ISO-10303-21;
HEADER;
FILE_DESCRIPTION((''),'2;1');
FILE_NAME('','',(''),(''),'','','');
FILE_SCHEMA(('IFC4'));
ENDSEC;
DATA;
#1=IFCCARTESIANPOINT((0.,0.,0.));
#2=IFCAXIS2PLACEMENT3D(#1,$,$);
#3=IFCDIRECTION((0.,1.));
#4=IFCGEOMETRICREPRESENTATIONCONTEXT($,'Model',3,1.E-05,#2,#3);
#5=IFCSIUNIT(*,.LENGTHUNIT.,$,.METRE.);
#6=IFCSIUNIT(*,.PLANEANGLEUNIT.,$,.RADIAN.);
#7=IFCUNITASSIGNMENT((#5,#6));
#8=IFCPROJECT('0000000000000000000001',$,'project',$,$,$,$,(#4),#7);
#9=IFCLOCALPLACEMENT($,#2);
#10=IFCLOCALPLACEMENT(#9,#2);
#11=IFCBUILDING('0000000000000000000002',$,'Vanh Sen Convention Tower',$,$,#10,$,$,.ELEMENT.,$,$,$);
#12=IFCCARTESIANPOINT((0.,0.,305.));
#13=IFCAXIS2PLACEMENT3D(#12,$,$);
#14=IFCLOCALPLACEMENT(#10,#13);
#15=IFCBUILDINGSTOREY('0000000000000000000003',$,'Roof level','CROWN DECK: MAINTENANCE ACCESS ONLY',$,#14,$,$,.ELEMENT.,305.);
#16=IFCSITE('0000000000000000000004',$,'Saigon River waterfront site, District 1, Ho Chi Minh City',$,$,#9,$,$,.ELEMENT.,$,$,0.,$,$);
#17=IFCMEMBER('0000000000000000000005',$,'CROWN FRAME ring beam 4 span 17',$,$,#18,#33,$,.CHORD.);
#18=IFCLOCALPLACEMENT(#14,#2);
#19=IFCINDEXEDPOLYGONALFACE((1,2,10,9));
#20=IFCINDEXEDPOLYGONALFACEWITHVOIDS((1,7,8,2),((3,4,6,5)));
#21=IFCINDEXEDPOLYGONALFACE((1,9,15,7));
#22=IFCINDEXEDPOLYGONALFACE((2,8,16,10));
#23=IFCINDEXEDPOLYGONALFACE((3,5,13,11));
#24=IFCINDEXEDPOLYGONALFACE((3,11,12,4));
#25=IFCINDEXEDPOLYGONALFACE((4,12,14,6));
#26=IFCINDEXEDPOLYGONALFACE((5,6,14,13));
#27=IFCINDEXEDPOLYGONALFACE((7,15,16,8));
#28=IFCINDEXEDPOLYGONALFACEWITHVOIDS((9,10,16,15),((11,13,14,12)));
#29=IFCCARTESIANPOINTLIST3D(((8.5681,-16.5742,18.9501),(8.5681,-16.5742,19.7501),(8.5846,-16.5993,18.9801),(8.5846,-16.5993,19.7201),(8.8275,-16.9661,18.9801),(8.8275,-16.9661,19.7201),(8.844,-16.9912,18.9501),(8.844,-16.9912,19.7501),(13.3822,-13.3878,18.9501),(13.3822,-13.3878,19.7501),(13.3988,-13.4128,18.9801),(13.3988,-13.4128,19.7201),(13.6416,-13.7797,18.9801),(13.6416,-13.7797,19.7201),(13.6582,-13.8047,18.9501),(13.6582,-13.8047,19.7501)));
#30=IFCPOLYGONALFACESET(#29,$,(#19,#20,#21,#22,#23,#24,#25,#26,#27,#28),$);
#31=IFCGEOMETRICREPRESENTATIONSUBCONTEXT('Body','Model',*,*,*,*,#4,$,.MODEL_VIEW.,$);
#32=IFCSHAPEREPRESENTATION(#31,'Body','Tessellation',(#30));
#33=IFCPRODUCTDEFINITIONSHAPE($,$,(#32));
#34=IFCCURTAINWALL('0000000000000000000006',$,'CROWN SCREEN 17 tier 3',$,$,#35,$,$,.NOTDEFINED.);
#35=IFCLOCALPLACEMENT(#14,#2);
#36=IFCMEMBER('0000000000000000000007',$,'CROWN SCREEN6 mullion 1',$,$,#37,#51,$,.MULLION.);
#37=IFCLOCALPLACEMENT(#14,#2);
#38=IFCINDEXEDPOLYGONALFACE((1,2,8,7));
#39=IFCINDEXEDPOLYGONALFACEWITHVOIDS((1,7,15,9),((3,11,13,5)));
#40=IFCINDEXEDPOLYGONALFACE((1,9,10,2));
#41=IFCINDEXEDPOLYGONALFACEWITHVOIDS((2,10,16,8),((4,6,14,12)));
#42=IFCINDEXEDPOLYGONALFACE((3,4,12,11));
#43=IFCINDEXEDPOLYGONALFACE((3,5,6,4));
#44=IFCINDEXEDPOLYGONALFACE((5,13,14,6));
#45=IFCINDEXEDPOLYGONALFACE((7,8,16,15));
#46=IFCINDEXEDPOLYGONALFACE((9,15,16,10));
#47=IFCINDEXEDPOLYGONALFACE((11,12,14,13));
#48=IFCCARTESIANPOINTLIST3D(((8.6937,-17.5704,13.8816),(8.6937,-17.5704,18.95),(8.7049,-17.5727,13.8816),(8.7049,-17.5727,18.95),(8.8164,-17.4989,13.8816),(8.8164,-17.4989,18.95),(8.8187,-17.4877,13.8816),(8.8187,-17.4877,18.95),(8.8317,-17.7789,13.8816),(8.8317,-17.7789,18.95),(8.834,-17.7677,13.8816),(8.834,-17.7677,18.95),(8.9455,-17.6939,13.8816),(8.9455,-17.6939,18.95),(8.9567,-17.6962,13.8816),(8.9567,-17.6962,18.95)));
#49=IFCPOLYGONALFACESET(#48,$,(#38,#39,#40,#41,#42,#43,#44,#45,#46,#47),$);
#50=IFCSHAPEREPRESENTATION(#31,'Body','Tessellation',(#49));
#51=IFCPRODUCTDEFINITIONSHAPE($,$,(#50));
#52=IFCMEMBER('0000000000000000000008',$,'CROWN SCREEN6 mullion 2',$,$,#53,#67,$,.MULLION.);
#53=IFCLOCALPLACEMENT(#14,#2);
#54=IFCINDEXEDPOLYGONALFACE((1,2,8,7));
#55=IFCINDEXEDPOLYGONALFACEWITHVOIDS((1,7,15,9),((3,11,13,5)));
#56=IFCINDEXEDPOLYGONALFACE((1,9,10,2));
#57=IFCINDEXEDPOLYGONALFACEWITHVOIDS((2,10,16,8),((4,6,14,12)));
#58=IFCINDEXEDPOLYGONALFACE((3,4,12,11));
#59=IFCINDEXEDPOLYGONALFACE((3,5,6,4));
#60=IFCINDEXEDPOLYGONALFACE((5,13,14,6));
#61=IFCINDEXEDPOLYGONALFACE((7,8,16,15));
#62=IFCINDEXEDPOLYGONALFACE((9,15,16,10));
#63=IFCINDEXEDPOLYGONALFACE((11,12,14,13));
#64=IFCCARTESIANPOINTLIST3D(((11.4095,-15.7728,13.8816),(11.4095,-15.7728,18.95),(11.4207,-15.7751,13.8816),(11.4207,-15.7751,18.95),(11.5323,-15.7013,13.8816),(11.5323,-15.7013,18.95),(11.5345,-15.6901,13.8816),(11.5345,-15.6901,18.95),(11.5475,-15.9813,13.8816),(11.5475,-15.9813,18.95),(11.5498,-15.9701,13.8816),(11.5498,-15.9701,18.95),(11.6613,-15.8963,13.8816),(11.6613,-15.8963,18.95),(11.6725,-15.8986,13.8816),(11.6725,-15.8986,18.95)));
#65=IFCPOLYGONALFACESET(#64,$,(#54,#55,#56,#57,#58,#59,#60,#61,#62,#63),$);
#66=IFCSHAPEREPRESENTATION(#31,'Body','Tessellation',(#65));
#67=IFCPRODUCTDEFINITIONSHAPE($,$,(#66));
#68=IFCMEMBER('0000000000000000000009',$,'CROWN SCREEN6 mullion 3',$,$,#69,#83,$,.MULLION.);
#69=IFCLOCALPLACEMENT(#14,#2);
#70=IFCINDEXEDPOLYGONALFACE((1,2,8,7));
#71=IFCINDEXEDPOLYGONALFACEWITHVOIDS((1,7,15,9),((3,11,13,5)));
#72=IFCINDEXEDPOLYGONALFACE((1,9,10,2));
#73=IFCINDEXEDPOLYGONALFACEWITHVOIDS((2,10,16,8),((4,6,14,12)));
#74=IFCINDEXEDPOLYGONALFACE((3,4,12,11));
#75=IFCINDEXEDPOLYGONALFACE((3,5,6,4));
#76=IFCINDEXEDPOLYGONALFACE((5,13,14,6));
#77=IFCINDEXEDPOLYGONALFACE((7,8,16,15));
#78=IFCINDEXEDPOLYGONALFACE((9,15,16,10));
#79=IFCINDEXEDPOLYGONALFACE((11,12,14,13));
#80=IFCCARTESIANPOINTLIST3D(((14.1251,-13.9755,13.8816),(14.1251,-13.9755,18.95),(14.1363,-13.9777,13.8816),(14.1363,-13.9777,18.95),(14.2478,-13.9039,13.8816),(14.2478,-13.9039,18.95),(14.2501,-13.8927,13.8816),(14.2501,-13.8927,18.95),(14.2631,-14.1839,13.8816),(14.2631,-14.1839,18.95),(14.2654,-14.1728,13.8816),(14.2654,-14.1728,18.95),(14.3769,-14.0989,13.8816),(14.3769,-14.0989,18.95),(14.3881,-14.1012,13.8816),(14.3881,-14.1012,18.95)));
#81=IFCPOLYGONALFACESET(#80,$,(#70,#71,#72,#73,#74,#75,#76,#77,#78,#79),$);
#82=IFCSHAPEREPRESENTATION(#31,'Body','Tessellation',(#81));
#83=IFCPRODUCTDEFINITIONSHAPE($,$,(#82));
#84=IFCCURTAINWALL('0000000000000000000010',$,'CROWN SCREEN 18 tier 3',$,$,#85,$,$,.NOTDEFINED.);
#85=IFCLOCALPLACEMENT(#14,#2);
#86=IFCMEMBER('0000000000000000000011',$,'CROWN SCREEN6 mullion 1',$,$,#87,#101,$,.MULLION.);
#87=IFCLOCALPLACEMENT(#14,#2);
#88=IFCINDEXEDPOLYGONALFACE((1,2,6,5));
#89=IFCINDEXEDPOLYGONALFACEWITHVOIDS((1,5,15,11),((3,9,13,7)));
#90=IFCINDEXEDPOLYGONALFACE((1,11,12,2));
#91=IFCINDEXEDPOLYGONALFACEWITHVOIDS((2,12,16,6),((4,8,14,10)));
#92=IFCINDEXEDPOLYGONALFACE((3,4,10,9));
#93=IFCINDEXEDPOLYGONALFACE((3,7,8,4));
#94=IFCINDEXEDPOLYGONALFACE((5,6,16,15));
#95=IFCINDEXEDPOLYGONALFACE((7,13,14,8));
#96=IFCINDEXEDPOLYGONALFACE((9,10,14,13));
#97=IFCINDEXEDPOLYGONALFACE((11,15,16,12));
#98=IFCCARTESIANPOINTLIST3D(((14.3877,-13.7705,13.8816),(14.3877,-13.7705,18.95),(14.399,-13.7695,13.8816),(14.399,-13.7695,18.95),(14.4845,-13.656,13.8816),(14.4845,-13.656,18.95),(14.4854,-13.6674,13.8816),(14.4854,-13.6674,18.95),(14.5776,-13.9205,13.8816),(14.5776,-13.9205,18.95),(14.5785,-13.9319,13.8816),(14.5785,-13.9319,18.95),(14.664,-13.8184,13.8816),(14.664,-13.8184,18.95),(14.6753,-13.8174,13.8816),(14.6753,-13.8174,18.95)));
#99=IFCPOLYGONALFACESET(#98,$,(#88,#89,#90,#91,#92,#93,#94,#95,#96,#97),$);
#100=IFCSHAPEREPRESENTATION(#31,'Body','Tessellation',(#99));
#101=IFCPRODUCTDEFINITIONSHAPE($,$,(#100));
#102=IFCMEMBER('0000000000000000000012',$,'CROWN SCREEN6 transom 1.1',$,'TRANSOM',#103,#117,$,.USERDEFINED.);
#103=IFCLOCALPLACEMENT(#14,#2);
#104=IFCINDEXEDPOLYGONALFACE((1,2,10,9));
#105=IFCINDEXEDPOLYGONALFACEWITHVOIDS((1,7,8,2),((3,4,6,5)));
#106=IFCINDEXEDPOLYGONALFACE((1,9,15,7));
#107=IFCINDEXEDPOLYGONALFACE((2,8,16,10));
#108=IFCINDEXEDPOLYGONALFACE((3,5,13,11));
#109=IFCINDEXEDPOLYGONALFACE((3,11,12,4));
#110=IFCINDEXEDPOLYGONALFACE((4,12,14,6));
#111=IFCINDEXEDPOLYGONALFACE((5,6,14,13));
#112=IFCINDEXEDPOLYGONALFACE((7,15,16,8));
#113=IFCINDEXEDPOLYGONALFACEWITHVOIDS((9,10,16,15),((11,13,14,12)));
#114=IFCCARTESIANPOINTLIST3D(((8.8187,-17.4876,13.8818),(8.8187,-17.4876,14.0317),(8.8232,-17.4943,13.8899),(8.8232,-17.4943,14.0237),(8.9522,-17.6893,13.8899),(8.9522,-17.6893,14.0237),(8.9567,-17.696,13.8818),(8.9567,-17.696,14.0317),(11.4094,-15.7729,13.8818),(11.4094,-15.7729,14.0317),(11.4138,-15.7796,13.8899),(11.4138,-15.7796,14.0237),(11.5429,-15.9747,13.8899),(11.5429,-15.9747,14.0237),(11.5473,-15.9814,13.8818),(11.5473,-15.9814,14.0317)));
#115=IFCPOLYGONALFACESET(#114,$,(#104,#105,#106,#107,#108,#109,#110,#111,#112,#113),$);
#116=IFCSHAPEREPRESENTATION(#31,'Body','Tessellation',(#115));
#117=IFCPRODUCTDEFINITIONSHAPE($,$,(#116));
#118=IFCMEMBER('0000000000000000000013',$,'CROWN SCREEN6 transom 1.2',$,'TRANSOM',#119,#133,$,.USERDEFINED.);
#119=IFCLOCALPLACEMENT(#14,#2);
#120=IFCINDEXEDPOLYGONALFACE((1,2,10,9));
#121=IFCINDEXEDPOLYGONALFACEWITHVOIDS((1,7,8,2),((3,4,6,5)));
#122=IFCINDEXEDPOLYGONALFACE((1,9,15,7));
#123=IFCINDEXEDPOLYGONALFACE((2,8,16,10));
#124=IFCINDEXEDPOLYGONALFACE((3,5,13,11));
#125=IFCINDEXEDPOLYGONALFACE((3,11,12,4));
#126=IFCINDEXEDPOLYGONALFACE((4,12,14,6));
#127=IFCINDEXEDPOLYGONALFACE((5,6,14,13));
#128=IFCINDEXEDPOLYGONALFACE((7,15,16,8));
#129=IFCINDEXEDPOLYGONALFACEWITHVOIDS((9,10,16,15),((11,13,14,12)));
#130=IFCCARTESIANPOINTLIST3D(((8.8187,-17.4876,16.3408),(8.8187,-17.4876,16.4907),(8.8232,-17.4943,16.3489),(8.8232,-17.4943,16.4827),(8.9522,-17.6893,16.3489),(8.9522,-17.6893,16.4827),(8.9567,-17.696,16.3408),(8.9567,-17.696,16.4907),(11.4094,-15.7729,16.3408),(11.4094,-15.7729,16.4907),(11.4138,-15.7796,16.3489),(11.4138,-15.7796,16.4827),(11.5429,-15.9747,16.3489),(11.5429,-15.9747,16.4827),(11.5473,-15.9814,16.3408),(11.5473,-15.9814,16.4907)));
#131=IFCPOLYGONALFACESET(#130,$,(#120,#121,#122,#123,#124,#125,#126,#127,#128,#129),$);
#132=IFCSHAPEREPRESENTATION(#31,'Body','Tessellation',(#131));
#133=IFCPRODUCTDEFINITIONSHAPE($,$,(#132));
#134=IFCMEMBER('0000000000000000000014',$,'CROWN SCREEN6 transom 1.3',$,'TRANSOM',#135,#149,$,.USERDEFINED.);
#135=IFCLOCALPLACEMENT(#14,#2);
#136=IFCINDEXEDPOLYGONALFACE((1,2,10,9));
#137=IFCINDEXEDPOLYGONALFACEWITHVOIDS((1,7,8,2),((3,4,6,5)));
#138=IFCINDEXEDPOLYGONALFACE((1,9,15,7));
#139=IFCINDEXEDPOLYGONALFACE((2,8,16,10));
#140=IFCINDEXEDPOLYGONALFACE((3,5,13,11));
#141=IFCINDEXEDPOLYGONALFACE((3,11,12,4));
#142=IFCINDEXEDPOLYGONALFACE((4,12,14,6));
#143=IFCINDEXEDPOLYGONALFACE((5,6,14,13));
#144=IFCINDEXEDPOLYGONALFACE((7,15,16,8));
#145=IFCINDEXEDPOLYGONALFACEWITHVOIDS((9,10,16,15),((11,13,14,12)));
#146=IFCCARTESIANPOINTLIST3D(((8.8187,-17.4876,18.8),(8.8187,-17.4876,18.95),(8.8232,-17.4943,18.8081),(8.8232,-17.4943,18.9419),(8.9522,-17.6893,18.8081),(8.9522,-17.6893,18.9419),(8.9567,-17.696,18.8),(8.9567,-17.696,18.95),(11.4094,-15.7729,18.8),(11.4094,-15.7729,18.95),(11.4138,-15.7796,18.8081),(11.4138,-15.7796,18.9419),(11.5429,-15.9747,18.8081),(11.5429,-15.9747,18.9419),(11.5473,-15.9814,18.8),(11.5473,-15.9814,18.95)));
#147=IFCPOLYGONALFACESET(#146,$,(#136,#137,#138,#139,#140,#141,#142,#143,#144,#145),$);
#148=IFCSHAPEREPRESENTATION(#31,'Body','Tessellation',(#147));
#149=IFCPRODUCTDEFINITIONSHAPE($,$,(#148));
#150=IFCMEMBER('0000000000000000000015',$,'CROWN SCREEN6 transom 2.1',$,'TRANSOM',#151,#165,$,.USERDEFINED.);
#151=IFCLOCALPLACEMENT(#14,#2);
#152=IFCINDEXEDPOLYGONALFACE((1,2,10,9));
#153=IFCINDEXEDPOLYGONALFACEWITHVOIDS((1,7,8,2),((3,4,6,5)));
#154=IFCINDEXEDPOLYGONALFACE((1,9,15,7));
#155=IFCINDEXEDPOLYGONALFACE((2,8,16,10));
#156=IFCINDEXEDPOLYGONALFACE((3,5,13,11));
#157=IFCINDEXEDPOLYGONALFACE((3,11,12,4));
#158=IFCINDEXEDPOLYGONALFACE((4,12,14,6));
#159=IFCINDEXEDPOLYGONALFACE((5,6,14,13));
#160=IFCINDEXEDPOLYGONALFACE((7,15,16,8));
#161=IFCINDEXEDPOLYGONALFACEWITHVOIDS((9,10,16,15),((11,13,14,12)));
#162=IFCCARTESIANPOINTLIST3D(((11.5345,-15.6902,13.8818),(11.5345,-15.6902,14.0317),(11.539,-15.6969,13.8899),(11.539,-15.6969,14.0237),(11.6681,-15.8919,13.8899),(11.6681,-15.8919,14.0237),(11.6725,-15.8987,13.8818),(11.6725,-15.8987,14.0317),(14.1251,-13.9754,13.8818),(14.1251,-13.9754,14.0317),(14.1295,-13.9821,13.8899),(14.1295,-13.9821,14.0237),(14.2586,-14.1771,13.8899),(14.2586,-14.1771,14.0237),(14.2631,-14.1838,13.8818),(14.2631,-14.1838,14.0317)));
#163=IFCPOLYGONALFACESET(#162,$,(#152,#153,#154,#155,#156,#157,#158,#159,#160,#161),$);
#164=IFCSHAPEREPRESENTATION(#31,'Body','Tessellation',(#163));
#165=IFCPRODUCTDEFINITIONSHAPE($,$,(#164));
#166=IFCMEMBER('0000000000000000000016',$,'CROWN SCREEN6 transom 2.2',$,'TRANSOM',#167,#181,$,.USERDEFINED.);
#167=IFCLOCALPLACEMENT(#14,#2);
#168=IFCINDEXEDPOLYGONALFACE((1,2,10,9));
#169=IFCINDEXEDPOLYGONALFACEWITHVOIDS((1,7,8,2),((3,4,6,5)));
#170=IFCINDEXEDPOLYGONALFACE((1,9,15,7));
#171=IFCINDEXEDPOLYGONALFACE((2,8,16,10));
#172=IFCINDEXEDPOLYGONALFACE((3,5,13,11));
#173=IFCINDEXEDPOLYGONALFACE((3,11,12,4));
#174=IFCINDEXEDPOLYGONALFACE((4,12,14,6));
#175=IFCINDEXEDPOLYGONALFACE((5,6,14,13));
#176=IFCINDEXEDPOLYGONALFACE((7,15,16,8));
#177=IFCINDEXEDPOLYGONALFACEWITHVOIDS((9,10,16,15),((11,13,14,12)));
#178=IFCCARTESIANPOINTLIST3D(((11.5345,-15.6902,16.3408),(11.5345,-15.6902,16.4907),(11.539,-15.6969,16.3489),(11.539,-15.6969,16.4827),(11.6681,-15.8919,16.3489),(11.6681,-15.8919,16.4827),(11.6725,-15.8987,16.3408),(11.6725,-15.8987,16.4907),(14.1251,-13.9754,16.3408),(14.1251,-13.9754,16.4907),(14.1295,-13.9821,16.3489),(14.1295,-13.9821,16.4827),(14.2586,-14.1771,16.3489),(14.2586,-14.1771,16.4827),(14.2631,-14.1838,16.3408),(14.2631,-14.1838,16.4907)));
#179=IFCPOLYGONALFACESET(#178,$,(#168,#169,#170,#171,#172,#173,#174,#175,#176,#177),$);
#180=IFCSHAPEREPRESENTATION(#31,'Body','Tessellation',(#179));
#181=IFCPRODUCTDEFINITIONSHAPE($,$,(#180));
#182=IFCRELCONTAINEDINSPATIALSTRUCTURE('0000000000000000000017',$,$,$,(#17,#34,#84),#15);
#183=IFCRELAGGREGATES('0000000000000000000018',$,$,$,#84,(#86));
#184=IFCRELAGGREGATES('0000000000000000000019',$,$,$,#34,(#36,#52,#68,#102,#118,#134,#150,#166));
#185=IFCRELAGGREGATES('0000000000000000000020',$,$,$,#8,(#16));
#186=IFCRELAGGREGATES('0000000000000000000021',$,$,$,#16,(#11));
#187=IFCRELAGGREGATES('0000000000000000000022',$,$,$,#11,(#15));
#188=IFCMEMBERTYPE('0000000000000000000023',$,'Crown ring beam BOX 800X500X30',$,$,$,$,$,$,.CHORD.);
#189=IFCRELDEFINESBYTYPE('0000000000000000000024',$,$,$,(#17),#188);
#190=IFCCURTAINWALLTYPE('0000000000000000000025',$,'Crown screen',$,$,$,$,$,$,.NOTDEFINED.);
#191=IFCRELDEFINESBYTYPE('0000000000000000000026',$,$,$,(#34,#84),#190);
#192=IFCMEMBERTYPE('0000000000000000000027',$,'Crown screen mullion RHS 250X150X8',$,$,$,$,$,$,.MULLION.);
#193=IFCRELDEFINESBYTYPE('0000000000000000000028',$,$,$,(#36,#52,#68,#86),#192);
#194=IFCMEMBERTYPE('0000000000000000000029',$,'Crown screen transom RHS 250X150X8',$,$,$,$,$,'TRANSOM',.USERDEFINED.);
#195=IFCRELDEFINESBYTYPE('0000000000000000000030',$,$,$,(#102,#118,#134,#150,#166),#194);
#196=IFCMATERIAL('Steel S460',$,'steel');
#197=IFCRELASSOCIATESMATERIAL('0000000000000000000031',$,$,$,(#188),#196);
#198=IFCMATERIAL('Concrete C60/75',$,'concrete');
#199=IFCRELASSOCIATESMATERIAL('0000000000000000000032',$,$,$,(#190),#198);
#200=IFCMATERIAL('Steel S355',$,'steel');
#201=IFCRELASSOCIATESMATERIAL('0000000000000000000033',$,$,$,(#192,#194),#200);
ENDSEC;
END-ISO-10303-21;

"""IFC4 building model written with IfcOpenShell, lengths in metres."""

from ifc_helpers import new_model, si_unit, direction, frame, origin, origin_2d, place, context, subcontext, project, spatial, hollow_rectangle, extrude, material, material_profile, profile_set, type_object, element, aggregate, save


model = new_model("IFC4")

# Units and contexts
model_context = context("Model", 3, precision=1e-05, world=origin(), true_north=direction((0.0, 1.0)))
body_context = subcontext(model_context, "Body", "Model", "MODEL_VIEW")
ifc_project = project(units=[si_unit("LENGTHUNIT", "METRE"), si_unit("PLANEANGLEUNIT", "RADIAN")], contexts=[model_context])

# Site, building, storey
site_placement = place(None, origin())
site = spatial("IfcSite", under=ifc_project, at=site_placement, Name="Saigon River waterfront site, District 1, Ho Chi Minh City", CompositionType="ELEMENT", RefElevation=0.0)
building_placement = place(site_placement, origin())
building = spatial("IfcBuilding", under=site, at=building_placement, Name="Vanh Sen Convention Tower", CompositionType="ELEMENT")
storey_placement = place(building_placement, frame((0.0, 0.0, 305.0)))
storey = spatial("IfcBuildingStorey", under=building, at=storey_placement, Name="Roof level", Description="CROWN DECK: MAINTENANCE ACCESS ONLY", CompositionType="ELEMENT", Elevation=305.0)

# Member
ifc_material_1 = material(Name="Steel S460", Category="steel")
ifc_material_profile_1 = material_profile(ifc_material_1, hollow_rectangle(XDim=0.5, YDim=0.8, WallThickness=0.03, at=origin_2d()), Name="BOX 800X500X30")
ifc_profile_set_1 = profile_set([ifc_material_profile_1], Name="Steel S460")
member_type_1 = type_object("IfcMemberType", Name="Crown ring beam BOX 800X500X30", PredefinedType="CHORD", material=ifc_profile_set_1)
member_1_placement = place(storey_placement, frame((8.7061, -16.7827, 19.3501), z_axis=(0.83388, 0.551945, 0.0), x_axis=(-0.551945, 0.83388, 0.0)))
element("IfcMember", 1, at=member_1_placement, inside=storey, type_object=member_type_1, Name="CROWN FRAME ring beam 4 span 17", PredefinedType="CHORD", context=body_context, shape_type="SweptSolid", body=[
    extrude(hollow_rectangle(XDim=0.5, YDim=0.8, WallThickness=0.03, at=origin_2d()), origin(), (0.0, 0.0, 1.0), 5.7732),
])

# Curtain wall, members
ifc_material_2 = material(Name="Concrete C60/75", Category="concrete")
curtain_wall_type = type_object("IfcCurtainWallType", Name="Crown screen", PredefinedType="NOTDEFINED", material=ifc_material_2)
curtain_wall_1_placement = place(storey_placement, origin())
curtain_wall_1 = element("IfcCurtainWall", 2, at=curtain_wall_1_placement, inside=storey, type_object=curtain_wall_type, Name="CROWN SCREEN 17 tier 3", PredefinedType="NOTDEFINED")
ifc_material_3 = material(Name="Steel S355", Category="steel")
ifc_material_profile_2 = material_profile(ifc_material_3, hollow_rectangle(XDim=0.25, YDim=0.1499, WallThickness=0.0081, at=origin_2d()), Name="RHS 250X150X8")
ifc_profile_set_2 = profile_set([ifc_material_profile_2], Name="Steel S355")
member_type_2 = type_object("IfcMemberType", Name="Crown screen mullion RHS 250X150X8", PredefinedType="MULLION", material=ifc_profile_set_2)
member_2_placement = place(storey_placement, frame((8.8252, -17.6333, 13.8816), z_axis=(0.0, 0.0, 1.0), x_axis=(-0.551937, 0.833886, 0.0)))
member_2 = element("IfcMember", 3, at=member_2_placement, type_object=member_type_2, Name="CROWN SCREEN6 mullion 1", PredefinedType="MULLION", context=body_context, shape_type="SweptSolid", body=[
    extrude(hollow_rectangle(XDim=0.25, YDim=0.1499, WallThickness=0.0081, at=origin_2d()), origin(), (0.0, 0.0, 1.0), 5.0684),
])
member_3_placement = place(storey_placement, frame((11.541, -15.8357, 13.8816), z_axis=(0.0, 0.0, 1.0), x_axis=(-0.551937, 0.833886, 0.0)))
member_3 = element("IfcMember", 4, at=member_3_placement, type_object=member_type_2, Name="CROWN SCREEN6 mullion 2", PredefinedType="MULLION", context=body_context, shape_type="SweptSolid", body=[
    extrude(hollow_rectangle(XDim=0.25, YDim=0.1499, WallThickness=0.0081, at=origin_2d()), origin(), (0.0, 0.0, 1.0), 5.0684),
])
member_4_placement = place(storey_placement, frame((14.2566, -14.0383, 13.8816), z_axis=(0.0, 0.0, 1.0), x_axis=(-0.551937, 0.833886, 0.0)))
member_4 = element("IfcMember", 5, at=member_4_placement, type_object=member_type_2, Name="CROWN SCREEN6 mullion 3", PredefinedType="MULLION", context=body_context, shape_type="SweptSolid", body=[
    extrude(hollow_rectangle(XDim=0.25, YDim=0.1499, WallThickness=0.0081, at=origin_2d()), origin(), (0.0, 0.0, 1.0), 5.0684),
])

# Curtain wall, member
curtain_wall_2_placement = place(storey_placement, origin())
curtain_wall_2 = element("IfcCurtainWall", 6, at=curtain_wall_2_placement, inside=storey, type_object=curtain_wall_type, Name="CROWN SCREEN 18 tier 3", PredefinedType="NOTDEFINED")
member_5_placement = place(storey_placement, frame((14.5315, -13.7939, 13.8816), z_axis=(0.0, 0.0, 1.0), x_axis=(-0.763535, 0.645766, 0.0)))
member_5 = element("IfcMember", 7, at=member_5_placement, type_object=member_type_2, Name="CROWN SCREEN6 mullion 1", PredefinedType="MULLION", context=body_context, shape_type="SweptSolid", body=[
    extrude(hollow_rectangle(XDim=0.25, YDim=0.1499, WallThickness=0.0081, at=origin_2d()), origin(), (0.0, 0.0, 1.0), 5.0684),
])

# Members
ifc_material_profile_3 = material_profile(ifc_material_3, hollow_rectangle(XDim=0.25, YDim=0.1499, WallThickness=0.0081, at=origin_2d()), Name="RHS 250X150X8")
ifc_profile_set_3 = profile_set([ifc_material_profile_3], Name="Steel S355")
member_type_3 = type_object("IfcMemberType", Name="Crown screen transom RHS 250X150X8", ElementType="TRANSOM", PredefinedType="USERDEFINED", material=ifc_profile_set_3)
member_6_placement = place(storey_placement, frame((8.8877, -17.5918, 13.9568), z_axis=(0.833896, 0.551922, 0.0), x_axis=(-0.551922, 0.833896, 0.0)))
member_6 = element("IfcMember", 8, at=member_6_placement, type_object=member_type_3, Name="CROWN SCREEN6 transom 1.1", ObjectType="TRANSOM", PredefinedType="USERDEFINED", context=body_context, shape_type="SweptSolid", body=[
    extrude(hollow_rectangle(XDim=0.25, YDim=0.1499, WallThickness=0.0081, at=origin_2d()), origin(), (0.0, 0.0, 1.0), 3.1067),
])
member_7_placement = place(storey_placement, frame((8.8877, -17.5918, 16.4158), z_axis=(0.833896, 0.551922, 0.0), x_axis=(-0.551922, 0.833896, 0.0)))
member_7 = element("IfcMember", 9, at=member_7_placement, type_object=member_type_3, Name="CROWN SCREEN6 transom 1.2", ObjectType="TRANSOM", PredefinedType="USERDEFINED", context=body_context, shape_type="SweptSolid", body=[
    extrude(hollow_rectangle(XDim=0.25, YDim=0.1499, WallThickness=0.0081, at=origin_2d()), origin(), (0.0, 0.0, 1.0), 3.1067),
])
member_8_placement = place(storey_placement, frame((8.8877, -17.5918, 18.875), z_axis=(0.833896, 0.551922, 0.0), x_axis=(-0.551922, 0.833896, 0.0)))
member_8 = element("IfcMember", 10, at=member_8_placement, type_object=member_type_3, Name="CROWN SCREEN6 transom 1.3", ObjectType="TRANSOM", PredefinedType="USERDEFINED", context=body_context, shape_type="SweptSolid", body=[
    extrude(hollow_rectangle(XDim=0.25, YDim=0.1499, WallThickness=0.0081, at=origin_2d()), origin(), (0.0, 0.0, 1.0), 3.1067),
])
member_9_placement = place(storey_placement, frame((11.6035, -15.7944, 13.9568), z_axis=(0.833859, 0.551977, 0.0), x_axis=(-0.551977, 0.833859, 0.0)))
member_9 = element("IfcMember", 11, at=member_9_placement, type_object=member_type_3, Name="CROWN SCREEN6 transom 2.1", ObjectType="TRANSOM", PredefinedType="USERDEFINED", context=body_context, shape_type="SweptSolid", body=[
    extrude(hollow_rectangle(XDim=0.25, YDim=0.1499, WallThickness=0.0081, at=origin_2d()), origin(), (0.0, 0.0, 1.0), 3.1067),
])
member_10_placement = place(storey_placement, frame((11.6035, -15.7944, 16.4158), z_axis=(0.833859, 0.551977, 0.0), x_axis=(-0.551977, 0.833859, 0.0)))
member_10 = element("IfcMember", 12, at=member_10_placement, type_object=member_type_3, Name="CROWN SCREEN6 transom 2.2", ObjectType="TRANSOM", PredefinedType="USERDEFINED", context=body_context, shape_type="SweptSolid", body=[
    extrude(hollow_rectangle(XDim=0.25, YDim=0.1499, WallThickness=0.0081, at=origin_2d()), origin(), (0.0, 0.0, 1.0), 3.1067),
])
aggregate(curtain_wall_2, [member_5])

aggregate(curtain_wall_1, [member_2, member_3, member_4, member_6, member_7, member_8, member_9, member_10])

save(model, "model.ifc")
